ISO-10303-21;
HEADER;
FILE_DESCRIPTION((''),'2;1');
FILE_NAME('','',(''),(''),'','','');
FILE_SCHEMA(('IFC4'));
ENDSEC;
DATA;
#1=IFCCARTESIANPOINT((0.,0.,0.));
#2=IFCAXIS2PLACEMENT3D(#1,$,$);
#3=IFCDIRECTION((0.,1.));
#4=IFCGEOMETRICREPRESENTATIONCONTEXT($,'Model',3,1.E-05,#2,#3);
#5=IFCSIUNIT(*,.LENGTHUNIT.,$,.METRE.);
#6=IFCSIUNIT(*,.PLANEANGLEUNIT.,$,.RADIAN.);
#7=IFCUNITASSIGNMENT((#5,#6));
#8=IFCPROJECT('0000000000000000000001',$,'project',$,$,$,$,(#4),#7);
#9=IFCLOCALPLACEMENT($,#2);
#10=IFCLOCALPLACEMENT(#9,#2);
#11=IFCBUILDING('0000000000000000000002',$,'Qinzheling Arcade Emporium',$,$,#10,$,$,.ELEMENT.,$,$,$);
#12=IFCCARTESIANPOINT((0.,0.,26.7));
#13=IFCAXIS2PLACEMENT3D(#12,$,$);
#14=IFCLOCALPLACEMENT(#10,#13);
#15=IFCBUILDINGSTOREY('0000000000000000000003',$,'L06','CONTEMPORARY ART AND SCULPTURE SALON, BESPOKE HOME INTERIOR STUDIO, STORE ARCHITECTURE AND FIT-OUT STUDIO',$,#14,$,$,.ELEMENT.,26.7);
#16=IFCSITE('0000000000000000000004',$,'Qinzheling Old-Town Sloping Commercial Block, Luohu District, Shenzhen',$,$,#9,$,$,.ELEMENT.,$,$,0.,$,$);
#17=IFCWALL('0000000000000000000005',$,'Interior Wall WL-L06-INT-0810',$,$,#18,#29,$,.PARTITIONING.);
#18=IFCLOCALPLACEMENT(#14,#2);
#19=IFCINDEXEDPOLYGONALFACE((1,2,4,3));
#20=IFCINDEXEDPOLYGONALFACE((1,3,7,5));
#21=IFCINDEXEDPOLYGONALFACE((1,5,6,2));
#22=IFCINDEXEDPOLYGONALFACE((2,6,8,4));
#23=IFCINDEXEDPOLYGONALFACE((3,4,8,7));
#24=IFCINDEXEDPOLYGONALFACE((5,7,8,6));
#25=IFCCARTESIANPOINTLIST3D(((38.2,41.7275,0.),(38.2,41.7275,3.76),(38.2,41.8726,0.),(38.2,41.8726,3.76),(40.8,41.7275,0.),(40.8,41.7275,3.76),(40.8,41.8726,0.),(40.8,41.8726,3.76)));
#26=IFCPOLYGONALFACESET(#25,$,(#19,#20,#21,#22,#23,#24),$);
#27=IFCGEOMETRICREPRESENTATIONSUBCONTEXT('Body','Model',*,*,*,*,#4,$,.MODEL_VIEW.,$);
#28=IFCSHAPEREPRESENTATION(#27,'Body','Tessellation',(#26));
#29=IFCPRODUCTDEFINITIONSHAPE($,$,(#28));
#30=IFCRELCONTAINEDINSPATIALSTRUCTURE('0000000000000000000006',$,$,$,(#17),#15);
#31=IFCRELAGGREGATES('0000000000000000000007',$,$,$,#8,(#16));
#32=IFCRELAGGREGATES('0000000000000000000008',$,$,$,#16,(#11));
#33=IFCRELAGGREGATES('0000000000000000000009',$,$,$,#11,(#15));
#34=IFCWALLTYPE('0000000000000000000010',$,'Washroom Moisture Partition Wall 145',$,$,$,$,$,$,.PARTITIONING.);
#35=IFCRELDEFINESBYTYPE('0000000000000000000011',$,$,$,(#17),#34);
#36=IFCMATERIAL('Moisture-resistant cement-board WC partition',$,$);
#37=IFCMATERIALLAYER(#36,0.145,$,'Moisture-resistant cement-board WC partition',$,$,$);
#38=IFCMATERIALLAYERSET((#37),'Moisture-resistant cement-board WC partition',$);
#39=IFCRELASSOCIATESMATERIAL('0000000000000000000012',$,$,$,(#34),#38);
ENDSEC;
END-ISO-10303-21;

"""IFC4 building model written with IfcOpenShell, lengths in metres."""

from ifc_helpers import new_model, si_unit, direction, frame, frame_2d, origin, place, context, subcontext, project, spatial, rectangle, extrude, material, layer, layer_set, type_object, element, save


model = new_model("IFC4")

# Units and contexts
model_context = context("Model", 3, precision=1e-05, world=origin(), true_north=direction((0.0, 1.0)))
body_context = subcontext(model_context, "Body", "Model", "MODEL_VIEW")
ifc_project = project(units=[si_unit("LENGTHUNIT", "METRE"), si_unit("PLANEANGLEUNIT", "RADIAN")], contexts=[model_context])

# Site, building, storey
site_placement = place(None, origin())
site = spatial("IfcSite", under=ifc_project, at=site_placement, Name="Qinzheling Old-Town Sloping Commercial Block, Luohu District, Shenzhen", CompositionType="ELEMENT", RefElevation=0.0)
building_placement = place(site_placement, origin())
building = spatial("IfcBuilding", under=site, at=building_placement, Name="Qinzheling Arcade Emporium", CompositionType="ELEMENT")
storey_placement = place(building_placement, frame((0.0, 0.0, 26.7)))
storey = spatial("IfcBuildingStorey", under=building, at=storey_placement, Name="L06", Description="CONTEMPORARY ART AND SCULPTURE SALON, BESPOKE HOME INTERIOR STUDIO, STORE ARCHITECTURE AND FIT-OUT STUDIO", CompositionType="ELEMENT", Elevation=26.7)

# Wall
ifc_material_1 = material(Name="Moisture-resistant cement-board WC partition")
ifc_layer_1 = layer(ifc_material_1, 0.145, Name="Moisture-resistant cement-board WC partition")
ifc_layer_set_1 = layer_set([ifc_layer_1], Name="Moisture-resistant cement-board WC partition")
wall_type_1 = type_object("IfcWallType", Name="Washroom Moisture Partition Wall 145", PredefinedType="PARTITIONING", material=ifc_layer_set_1)
wall_1_placement = place(storey_placement, frame((38.2, 41.8, 0.0), z_axis=(0.0, 0.0, 1.0), x_axis=(1.0, 0.0, 0.0)))
element("IfcWall", 1, at=wall_1_placement, inside=storey, type_object=wall_type_1, Name="Interior Wall WL-L06-INT-0810", PredefinedType="PARTITIONING", context=body_context, shape_type="SweptSolid", body=[
    extrude(rectangle(XDim=2.6001, YDim=0.145, at=frame_2d((1.3, 0.0))), origin(), (0.0, 0.0, 1.0), 3.76),
])

save(model, "model.ifc")
